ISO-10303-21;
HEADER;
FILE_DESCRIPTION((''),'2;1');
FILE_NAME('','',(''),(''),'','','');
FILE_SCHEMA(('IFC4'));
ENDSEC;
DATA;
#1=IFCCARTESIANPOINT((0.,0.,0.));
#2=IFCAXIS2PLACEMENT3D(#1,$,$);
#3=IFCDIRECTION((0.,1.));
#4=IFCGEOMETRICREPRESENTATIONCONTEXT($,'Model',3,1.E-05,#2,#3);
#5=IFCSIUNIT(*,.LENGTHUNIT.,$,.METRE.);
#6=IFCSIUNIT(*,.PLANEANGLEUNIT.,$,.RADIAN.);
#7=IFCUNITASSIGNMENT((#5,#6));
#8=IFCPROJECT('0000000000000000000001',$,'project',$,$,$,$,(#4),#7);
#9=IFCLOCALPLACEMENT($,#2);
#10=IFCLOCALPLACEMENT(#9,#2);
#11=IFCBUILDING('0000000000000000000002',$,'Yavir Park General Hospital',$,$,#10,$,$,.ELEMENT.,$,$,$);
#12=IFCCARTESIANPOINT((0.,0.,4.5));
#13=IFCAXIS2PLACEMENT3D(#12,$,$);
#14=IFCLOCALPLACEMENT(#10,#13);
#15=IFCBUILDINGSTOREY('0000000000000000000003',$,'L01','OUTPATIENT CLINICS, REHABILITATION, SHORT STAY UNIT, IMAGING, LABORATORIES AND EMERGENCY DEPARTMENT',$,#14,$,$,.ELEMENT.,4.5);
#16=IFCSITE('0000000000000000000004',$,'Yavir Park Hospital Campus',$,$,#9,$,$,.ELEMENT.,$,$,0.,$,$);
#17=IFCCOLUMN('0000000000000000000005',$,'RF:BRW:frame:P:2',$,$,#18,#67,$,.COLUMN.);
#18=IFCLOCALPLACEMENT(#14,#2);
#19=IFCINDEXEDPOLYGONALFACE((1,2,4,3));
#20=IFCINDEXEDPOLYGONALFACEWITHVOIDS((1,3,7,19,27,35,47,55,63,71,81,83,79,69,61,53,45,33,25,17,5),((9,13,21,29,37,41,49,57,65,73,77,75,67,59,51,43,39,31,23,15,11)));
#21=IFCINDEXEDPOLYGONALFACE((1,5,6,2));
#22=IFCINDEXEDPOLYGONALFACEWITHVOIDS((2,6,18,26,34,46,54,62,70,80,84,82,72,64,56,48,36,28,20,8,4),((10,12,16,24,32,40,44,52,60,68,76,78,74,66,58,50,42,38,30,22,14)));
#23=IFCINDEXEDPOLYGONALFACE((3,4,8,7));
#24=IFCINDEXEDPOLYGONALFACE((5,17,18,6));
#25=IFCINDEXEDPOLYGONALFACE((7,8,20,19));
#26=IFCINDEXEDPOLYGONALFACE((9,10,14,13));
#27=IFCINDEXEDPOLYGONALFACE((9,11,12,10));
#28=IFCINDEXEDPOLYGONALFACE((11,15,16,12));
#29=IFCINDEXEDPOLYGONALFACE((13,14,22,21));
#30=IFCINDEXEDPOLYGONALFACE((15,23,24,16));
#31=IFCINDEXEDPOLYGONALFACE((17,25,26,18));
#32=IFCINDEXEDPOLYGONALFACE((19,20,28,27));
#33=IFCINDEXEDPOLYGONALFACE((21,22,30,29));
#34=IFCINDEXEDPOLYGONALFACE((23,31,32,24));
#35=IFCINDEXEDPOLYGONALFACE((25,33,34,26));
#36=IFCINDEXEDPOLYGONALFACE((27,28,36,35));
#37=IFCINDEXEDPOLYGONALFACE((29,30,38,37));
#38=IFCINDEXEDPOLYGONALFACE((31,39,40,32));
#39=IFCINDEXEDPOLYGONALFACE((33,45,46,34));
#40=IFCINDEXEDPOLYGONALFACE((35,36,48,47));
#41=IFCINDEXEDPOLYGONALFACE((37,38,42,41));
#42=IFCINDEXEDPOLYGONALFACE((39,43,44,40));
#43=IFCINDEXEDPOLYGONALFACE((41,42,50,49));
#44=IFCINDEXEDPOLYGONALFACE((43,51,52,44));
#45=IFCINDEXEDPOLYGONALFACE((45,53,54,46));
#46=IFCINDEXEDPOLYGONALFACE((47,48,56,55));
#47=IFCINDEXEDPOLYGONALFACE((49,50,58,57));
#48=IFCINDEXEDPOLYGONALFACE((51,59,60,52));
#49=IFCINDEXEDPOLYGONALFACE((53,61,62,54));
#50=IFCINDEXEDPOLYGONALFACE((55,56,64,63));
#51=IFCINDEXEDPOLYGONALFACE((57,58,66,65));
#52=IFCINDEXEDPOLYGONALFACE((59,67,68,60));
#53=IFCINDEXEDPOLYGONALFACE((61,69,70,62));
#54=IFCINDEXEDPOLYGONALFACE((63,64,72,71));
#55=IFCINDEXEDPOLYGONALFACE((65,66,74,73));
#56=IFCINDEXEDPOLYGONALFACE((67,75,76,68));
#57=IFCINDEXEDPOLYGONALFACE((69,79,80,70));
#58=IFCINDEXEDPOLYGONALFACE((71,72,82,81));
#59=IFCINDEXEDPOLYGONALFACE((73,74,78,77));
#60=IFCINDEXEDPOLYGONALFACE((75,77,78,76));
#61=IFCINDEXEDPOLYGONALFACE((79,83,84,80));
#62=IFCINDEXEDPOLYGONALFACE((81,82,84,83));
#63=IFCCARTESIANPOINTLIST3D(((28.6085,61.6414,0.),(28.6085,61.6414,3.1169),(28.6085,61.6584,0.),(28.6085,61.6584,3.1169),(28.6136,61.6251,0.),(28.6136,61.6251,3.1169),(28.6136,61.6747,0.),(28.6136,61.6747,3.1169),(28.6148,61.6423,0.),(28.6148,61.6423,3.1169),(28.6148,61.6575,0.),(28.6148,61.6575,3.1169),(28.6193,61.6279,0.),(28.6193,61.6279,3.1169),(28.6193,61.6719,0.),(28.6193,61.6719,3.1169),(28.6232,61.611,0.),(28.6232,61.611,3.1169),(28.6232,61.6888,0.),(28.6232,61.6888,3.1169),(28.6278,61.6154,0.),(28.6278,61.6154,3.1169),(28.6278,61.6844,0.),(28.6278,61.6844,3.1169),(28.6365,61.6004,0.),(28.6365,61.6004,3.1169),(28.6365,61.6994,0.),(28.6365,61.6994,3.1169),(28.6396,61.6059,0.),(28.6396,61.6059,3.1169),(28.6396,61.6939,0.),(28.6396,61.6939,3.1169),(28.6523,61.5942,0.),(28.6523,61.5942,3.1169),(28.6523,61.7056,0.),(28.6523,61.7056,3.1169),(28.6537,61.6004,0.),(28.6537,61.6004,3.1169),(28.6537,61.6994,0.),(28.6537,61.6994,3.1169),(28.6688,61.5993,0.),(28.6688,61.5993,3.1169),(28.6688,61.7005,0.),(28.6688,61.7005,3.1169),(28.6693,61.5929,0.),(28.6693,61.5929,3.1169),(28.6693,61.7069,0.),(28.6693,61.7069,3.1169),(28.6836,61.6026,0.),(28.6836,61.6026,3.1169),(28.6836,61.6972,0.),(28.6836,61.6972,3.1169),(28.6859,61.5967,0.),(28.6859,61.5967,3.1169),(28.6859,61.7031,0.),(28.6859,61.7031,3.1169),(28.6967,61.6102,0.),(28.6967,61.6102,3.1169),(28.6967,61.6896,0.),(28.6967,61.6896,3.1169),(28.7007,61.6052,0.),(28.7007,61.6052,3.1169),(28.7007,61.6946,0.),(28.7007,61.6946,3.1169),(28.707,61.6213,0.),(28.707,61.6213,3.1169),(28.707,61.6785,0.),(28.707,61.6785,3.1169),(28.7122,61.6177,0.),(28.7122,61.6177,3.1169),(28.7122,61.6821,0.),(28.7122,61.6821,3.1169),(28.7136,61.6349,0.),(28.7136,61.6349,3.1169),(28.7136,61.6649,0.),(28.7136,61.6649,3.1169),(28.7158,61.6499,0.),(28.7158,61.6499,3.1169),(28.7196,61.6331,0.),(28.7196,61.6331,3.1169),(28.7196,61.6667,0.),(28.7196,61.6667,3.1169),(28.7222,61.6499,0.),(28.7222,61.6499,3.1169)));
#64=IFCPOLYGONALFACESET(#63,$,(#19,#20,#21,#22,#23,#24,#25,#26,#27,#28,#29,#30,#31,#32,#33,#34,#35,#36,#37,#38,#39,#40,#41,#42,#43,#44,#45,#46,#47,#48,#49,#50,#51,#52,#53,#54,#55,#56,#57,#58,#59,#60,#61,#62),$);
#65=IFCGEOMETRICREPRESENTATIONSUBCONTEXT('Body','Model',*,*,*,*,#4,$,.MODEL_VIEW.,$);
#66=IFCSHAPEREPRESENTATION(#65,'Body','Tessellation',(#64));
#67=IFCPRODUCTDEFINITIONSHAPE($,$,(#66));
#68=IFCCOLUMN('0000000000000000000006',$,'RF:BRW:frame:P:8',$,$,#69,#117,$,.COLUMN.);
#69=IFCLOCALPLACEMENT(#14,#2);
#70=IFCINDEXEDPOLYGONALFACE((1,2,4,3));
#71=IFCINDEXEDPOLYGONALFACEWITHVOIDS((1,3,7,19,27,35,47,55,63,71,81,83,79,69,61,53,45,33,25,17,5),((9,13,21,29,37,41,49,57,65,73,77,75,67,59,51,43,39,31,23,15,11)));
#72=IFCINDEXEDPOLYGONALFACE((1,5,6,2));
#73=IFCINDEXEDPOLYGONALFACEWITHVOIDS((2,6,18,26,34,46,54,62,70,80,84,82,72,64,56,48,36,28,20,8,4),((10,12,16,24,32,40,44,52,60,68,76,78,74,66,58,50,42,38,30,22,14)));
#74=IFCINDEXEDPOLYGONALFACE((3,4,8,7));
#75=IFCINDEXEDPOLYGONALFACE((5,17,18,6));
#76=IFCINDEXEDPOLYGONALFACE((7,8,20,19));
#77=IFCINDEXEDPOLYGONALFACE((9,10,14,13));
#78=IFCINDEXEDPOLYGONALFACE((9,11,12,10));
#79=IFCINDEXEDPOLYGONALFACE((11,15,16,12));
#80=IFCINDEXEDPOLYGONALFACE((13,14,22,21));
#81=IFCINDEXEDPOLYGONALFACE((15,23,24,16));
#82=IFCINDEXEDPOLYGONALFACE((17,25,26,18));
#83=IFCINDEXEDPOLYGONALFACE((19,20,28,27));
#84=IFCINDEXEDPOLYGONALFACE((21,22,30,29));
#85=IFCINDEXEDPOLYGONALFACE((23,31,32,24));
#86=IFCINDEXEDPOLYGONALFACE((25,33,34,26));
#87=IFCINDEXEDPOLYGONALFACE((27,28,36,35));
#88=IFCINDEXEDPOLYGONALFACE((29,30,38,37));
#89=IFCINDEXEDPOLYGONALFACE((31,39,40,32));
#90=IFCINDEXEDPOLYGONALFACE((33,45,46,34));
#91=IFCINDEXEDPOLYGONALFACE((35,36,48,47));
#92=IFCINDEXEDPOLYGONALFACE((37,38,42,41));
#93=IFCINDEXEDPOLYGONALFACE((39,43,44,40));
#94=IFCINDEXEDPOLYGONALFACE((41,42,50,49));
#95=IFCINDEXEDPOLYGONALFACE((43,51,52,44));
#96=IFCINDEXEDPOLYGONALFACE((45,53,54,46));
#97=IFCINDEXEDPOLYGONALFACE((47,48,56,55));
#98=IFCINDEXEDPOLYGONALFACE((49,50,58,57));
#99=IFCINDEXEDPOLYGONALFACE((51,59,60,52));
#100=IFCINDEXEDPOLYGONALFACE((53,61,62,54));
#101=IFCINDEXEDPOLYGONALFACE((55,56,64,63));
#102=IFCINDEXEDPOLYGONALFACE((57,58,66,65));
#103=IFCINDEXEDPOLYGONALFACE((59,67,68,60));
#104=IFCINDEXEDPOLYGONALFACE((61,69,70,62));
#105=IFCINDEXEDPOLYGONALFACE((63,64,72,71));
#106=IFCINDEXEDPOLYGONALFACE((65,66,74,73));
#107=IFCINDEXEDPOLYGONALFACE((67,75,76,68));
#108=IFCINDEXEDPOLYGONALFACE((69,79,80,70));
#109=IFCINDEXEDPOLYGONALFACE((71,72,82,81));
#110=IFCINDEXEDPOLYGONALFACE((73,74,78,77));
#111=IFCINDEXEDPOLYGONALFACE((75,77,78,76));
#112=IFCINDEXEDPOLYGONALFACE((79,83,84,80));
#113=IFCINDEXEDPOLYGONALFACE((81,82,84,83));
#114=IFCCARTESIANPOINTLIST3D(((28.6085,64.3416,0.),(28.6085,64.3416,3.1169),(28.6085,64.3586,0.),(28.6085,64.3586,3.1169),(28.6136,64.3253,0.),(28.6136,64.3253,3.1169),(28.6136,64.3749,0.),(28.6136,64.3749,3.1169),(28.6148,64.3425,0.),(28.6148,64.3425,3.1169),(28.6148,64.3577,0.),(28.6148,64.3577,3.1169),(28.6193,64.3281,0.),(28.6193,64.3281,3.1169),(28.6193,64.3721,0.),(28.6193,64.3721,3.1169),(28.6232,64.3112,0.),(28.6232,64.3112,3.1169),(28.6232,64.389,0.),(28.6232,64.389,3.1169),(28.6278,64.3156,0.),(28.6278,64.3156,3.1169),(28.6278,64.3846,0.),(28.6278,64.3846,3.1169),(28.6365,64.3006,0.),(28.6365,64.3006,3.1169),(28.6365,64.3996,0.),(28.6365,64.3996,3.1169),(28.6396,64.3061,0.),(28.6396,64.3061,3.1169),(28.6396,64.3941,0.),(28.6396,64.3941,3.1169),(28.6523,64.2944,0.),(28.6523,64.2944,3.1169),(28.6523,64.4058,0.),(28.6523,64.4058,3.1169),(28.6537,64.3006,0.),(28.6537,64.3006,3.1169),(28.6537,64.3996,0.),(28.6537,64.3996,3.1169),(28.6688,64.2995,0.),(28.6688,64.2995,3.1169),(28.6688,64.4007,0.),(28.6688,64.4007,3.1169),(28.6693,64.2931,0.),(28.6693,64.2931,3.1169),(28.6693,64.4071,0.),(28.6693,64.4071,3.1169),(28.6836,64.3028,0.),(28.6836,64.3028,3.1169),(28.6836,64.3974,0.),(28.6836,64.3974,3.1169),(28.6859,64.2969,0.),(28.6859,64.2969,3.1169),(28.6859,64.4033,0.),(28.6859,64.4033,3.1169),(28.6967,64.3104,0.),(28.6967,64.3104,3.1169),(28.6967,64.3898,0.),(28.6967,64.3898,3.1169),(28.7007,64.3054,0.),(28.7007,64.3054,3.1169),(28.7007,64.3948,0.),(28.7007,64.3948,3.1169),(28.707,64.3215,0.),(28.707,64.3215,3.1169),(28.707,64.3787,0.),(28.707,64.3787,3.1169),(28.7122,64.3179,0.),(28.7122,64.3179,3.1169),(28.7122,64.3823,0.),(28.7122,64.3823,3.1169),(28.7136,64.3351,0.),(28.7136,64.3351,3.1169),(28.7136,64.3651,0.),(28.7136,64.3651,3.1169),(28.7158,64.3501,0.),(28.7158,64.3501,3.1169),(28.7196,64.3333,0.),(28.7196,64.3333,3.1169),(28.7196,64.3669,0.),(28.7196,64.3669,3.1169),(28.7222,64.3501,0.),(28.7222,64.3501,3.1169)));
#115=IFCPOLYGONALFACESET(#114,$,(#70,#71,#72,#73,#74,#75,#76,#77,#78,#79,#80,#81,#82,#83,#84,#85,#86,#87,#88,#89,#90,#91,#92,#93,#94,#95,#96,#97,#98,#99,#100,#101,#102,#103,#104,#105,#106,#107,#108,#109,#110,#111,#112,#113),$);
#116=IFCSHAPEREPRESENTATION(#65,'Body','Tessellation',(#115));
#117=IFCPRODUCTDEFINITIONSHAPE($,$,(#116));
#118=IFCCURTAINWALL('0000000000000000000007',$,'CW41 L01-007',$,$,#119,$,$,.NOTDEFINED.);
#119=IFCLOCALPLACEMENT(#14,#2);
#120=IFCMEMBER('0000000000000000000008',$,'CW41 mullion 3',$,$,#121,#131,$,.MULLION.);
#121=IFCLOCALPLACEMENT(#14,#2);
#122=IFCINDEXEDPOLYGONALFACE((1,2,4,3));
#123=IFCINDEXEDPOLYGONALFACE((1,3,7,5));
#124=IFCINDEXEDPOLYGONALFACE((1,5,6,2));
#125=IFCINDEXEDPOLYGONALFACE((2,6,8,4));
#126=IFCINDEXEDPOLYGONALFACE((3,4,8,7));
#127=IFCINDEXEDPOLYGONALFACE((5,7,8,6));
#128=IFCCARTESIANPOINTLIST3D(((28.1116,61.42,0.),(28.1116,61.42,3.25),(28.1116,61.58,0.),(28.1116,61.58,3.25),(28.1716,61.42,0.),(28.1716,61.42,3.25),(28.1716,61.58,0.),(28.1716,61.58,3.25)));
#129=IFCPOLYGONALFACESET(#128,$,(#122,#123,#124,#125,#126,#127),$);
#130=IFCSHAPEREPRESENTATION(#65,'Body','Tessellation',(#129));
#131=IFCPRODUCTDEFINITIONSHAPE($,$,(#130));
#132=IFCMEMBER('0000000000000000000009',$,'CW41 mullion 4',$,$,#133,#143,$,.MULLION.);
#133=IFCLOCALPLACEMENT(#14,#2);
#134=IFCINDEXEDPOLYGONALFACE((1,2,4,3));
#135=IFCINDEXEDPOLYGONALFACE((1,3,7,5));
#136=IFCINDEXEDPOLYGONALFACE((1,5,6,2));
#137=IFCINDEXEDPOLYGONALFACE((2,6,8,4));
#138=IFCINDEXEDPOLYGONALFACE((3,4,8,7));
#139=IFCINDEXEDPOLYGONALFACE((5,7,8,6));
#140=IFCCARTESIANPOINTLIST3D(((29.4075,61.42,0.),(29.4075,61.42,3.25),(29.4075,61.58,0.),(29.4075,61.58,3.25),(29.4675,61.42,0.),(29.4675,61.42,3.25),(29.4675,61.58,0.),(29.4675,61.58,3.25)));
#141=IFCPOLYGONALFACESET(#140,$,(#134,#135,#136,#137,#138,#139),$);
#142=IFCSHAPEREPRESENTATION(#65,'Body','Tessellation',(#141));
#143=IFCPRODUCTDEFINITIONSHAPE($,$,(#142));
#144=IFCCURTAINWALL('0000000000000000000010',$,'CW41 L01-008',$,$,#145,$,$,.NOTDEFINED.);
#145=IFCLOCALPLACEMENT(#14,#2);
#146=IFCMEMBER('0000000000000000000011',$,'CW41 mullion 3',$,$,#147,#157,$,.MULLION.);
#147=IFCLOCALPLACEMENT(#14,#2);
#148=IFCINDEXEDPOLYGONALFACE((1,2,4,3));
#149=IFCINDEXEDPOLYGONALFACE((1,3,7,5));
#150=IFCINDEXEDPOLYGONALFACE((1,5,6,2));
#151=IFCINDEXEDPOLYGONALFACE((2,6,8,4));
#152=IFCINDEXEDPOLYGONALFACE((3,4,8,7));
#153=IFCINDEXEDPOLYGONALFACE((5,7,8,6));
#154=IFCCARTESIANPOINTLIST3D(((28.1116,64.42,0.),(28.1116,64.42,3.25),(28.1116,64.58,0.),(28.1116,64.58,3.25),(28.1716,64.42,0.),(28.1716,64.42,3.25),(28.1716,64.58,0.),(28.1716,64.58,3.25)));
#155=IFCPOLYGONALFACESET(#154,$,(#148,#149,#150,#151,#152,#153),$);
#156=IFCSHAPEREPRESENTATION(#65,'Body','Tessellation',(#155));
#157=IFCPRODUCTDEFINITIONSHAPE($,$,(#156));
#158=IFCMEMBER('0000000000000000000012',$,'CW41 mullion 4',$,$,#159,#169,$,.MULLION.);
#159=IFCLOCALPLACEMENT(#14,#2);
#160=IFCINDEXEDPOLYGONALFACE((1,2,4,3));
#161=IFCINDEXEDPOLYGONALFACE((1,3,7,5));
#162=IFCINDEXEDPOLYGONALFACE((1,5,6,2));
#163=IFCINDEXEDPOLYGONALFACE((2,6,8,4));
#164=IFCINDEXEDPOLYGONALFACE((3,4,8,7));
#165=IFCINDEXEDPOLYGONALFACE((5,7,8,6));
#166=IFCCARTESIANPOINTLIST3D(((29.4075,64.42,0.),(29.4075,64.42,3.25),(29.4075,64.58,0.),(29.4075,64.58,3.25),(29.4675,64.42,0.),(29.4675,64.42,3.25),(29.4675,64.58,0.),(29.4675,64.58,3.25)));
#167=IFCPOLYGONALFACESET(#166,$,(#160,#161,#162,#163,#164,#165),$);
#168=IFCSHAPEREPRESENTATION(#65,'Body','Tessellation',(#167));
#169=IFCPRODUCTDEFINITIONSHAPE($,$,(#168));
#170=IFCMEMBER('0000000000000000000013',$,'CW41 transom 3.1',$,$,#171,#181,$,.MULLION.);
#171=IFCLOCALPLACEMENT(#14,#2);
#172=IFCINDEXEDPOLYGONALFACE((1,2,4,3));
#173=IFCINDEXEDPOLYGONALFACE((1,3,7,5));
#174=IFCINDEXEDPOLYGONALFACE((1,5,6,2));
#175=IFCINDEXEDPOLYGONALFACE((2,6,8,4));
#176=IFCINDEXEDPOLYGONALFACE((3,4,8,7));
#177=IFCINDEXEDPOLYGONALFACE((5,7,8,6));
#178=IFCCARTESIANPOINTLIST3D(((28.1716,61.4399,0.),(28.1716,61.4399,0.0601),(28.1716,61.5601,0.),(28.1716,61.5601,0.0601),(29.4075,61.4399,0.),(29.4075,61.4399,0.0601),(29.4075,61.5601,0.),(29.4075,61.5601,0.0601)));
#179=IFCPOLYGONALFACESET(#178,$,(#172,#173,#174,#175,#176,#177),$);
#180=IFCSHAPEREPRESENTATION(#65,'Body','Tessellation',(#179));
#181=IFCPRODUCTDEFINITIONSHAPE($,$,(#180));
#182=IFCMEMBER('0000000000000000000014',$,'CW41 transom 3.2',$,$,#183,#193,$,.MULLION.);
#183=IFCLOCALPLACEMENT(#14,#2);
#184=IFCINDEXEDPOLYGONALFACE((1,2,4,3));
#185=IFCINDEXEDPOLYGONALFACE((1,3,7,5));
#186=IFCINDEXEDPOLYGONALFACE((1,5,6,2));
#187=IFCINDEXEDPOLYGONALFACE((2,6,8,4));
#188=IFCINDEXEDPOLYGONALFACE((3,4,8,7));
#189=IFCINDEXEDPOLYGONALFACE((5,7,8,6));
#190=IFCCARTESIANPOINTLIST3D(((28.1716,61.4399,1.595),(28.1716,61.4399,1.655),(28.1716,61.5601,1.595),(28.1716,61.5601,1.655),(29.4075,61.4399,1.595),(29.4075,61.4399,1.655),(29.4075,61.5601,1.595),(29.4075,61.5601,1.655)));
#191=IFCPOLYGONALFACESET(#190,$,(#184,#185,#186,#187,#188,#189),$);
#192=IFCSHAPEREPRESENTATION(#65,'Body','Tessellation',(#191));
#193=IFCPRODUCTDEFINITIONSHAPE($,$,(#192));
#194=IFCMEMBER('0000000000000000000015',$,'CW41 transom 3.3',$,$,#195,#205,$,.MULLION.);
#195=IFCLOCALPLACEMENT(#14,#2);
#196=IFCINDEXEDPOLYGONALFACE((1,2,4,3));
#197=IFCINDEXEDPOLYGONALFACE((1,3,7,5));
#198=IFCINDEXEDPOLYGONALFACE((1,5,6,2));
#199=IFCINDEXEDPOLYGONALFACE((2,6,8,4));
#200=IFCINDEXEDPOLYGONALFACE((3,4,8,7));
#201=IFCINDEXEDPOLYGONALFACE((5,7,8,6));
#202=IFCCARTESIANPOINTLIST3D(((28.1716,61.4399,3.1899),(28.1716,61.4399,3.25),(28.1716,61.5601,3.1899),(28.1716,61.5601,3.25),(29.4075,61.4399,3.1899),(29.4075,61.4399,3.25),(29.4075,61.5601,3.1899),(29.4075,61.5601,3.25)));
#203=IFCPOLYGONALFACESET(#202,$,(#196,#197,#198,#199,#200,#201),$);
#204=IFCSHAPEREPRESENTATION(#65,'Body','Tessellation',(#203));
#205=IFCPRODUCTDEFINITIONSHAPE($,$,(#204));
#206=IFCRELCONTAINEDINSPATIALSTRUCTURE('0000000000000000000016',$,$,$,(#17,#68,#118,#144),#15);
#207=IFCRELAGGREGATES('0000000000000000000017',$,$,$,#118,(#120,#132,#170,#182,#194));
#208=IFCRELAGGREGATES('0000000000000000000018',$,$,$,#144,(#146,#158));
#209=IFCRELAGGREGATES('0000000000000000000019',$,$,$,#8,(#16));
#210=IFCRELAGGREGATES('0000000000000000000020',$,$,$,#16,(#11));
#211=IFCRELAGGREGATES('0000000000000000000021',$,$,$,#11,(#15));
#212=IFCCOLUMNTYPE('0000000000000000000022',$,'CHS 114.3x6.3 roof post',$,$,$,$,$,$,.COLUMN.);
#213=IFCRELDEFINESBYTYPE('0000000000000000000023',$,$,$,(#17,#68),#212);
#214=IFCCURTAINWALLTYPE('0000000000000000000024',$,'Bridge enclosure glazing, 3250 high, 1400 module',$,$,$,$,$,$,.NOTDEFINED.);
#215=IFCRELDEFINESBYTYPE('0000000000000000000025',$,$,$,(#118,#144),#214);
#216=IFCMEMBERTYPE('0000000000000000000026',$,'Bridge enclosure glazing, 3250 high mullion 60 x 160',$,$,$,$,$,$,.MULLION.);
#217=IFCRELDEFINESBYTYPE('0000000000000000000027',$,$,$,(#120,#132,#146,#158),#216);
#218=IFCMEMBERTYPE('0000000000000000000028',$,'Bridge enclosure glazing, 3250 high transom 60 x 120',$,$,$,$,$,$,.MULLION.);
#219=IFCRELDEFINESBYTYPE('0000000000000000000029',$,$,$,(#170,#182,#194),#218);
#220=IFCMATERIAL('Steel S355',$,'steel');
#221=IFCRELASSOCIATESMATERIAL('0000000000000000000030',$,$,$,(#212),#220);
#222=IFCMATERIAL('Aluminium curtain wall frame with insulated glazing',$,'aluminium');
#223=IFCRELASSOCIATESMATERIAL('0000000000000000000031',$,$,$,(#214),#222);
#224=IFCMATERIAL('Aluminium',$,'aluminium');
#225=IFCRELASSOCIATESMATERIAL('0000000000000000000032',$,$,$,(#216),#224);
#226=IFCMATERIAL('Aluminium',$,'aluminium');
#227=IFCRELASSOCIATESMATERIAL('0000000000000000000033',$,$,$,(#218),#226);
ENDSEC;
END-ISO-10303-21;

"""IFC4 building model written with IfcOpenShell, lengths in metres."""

from ifc_helpers import new_model, si_unit, direction, frame, origin, origin_2d, place, context, subcontext, project, spatial, rectangle, hollow_circle, extrude, material, material_profile, profile_set, type_object, element, aggregate, save


model = new_model("IFC4")

# Units and contexts
model_context = context("Model", 3, precision=1e-05, world=origin(), true_north=direction((0.0, 1.0)))
body_context = subcontext(model_context, "Body", "Model", "MODEL_VIEW")
ifc_project = project(units=[si_unit("LENGTHUNIT", "METRE"), si_unit("PLANEANGLEUNIT", "RADIAN")], contexts=[model_context])

# Site, building, storey
site_placement = place(None, origin())
site = spatial("IfcSite", under=ifc_project, at=site_placement, Name="Yavir Park Hospital Campus", CompositionType="ELEMENT", RefElevation=0.0)
building_placement = place(site_placement, origin())
building = spatial("IfcBuilding", under=site, at=building_placement, Name="Yavir Park General Hospital", CompositionType="ELEMENT")
storey_placement = place(building_placement, frame((0.0, 0.0, 4.5)))
storey = spatial("IfcBuildingStorey", under=building, at=storey_placement, Name="L01", Description="OUTPATIENT CLINICS, REHABILITATION, SHORT STAY UNIT, IMAGING, LABORATORIES AND EMERGENCY DEPARTMENT", CompositionType="ELEMENT", Elevation=4.5)

# Columns
ifc_material_1 = material(Name="Steel S355", Category="steel")
ifc_material_profile_1 = material_profile(ifc_material_1, hollow_circle(Radius=0.0571, WallThickness=0.0063, at=origin_2d()), Name="CHS114.3x6.3")
ifc_profile_set_1 = profile_set([ifc_material_profile_1], Name="Steel S355")
column_type = type_object("IfcColumnType", Name="CHS 114.3x6.3 roof post", PredefinedType="COLUMN", material=ifc_profile_set_1)
for number, where, z_axis, x_axis, name in (
    (1, (28.665, 61.6499, 0.0), (0.0, 0.0, 1.0), (1.0, 0.0, 0.0), "RF:BRW:frame:P:2"),
    (2, (28.665, 64.3501, 0.0), (0.0, 0.0, 1.0), (1.0, 0.0, 0.0), "RF:BRW:frame:P:8"),
):
    element("IfcColumn", number, at=place(storey_placement, frame(where, z_axis=z_axis, x_axis=x_axis)), inside=storey, type_object=column_type, Name=name, PredefinedType="COLUMN", context=body_context, shape_type="SweptSolid", body=[
        extrude(hollow_circle(Radius=0.0571, WallThickness=0.0063, at=origin_2d()), origin(), (0.0, 0.0, 1.0), 3.1169),
    ])

# Curtain walls, members
ifc_material_2 = material(Name="Aluminium curtain wall frame with insulated glazing", Category="aluminium")
curtain_wall_type = type_object("IfcCurtainWallType", Name="Bridge enclosure glazing, 3250 high, 1400 module", PredefinedType="NOTDEFINED", material=ifc_material_2)
curtain_wall_1_placement = place(storey_placement, origin())
curtain_wall_1 = element("IfcCurtainWall", 3, at=curtain_wall_1_placement, inside=storey, type_object=curtain_wall_type, Name="CW41 L01-007", PredefinedType="NOTDEFINED")
ifc_material_3 = material(Name="Aluminium", Category="aluminium")
ifc_material_profile_2 = material_profile(ifc_material_3, rectangle(XDim=0.1599, YDim=0.0601, at=origin_2d()), Name="AL 60x160")
ifc_profile_set_2 = profile_set([ifc_material_profile_2], Name="Aluminium")
member_type_1 = type_object("IfcMemberType", Name="Bridge enclosure glazing, 3250 high mullion 60 x 160", PredefinedType="MULLION", material=ifc_profile_set_2)
member_1_placement = place(storey_placement, frame((28.1416, 61.5, 0.0), z_axis=(0.0, 0.0, 1.0), x_axis=(0.0, 1.0, 0.0)))
member_1 = element("IfcMember", 4, at=member_1_placement, type_object=member_type_1, Name="CW41 mullion 3", PredefinedType="MULLION", context=body_context, shape_type="SweptSolid", body=[
    extrude(rectangle(XDim=0.1599, YDim=0.0601, at=origin_2d()), origin(), (0.0, 0.0, 1.0), 3.25),
])
member_2_placement = place(storey_placement, frame((29.4375, 61.5, 0.0), z_axis=(0.0, 0.0, 1.0), x_axis=(0.0, 1.0, 0.0)))
member_2 = element("IfcMember", 5, at=member_2_placement, type_object=member_type_1, Name="CW41 mullion 4", PredefinedType="MULLION", context=body_context, shape_type="SweptSolid", body=[
    extrude(rectangle(XDim=0.1599, YDim=0.0601, at=origin_2d()), origin(), (0.0, 0.0, 1.0), 3.25),
])
curtain_wall_2_placement = place(storey_placement, origin())
curtain_wall_2 = element("IfcCurtainWall", 6, at=curtain_wall_2_placement, inside=storey, type_object=curtain_wall_type, Name="CW41 L01-008", PredefinedType="NOTDEFINED")
member_3_placement = place(storey_placement, frame((28.1416, 64.5, 0.0), z_axis=(0.0, 0.0, 1.0), x_axis=(0.0, 1.0, 0.0)))
member_3 = element("IfcMember", 7, at=member_3_placement, type_object=member_type_1, Name="CW41 mullion 3", PredefinedType="MULLION", context=body_context, shape_type="SweptSolid", body=[
    extrude(rectangle(XDim=0.1599, YDim=0.0601, at=origin_2d()), origin(), (0.0, 0.0, 1.0), 3.25),
])
member_4_placement = place(storey_placement, frame((29.4375, 64.5, 0.0), z_axis=(0.0, 0.0, 1.0), x_axis=(0.0, 1.0, 0.0)))
member_4 = element("IfcMember", 8, at=member_4_placement, type_object=member_type_1, Name="CW41 mullion 4", PredefinedType="MULLION", context=body_context, shape_type="SweptSolid", body=[
    extrude(rectangle(XDim=0.1599, YDim=0.0601, at=origin_2d()), origin(), (0.0, 0.0, 1.0), 3.25),
])

# Members
ifc_material_4 = material(Name="Aluminium", Category="aluminium")
ifc_material_profile_3 = material_profile(ifc_material_4, rectangle(XDim=0.1201, YDim=0.0601, at=origin_2d()), Name="AL 120x60")
ifc_profile_set_3 = profile_set([ifc_material_profile_3], Name="Aluminium")
member_type_2 = type_object("IfcMemberType", Name="Bridge enclosure glazing, 3250 high transom 60 x 120", PredefinedType="MULLION", material=ifc_profile_set_3)
member_5_placement = place(storey_placement, frame((28.1716, 61.5, 0.03), z_axis=(1.0, 0.0, 0.0), x_axis=(0.0, 1.0, 0.0)))
member_5 = element("IfcMember", 9, at=member_5_placement, type_object=member_type_2, Name="CW41 transom 3.1", PredefinedType="MULLION", context=body_context, shape_type="SweptSolid", body=[
    extrude(rectangle(XDim=0.1201, YDim=0.0601, at=origin_2d()), origin(), (0.0, 0.0, 1.0), 1.2358),
])
member_6_placement = place(storey_placement, frame((28.1716, 61.5, 1.625), z_axis=(1.0, 0.0, 0.0), x_axis=(0.0, 1.0, 0.0)))
member_6 = element("IfcMember", 10, at=member_6_placement, type_object=member_type_2, Name="CW41 transom 3.2", PredefinedType="MULLION", context=body_context, shape_type="SweptSolid", body=[
    extrude(rectangle(XDim=0.1201, YDim=0.0601, at=origin_2d()), origin(), (0.0, 0.0, 1.0), 1.2358),
])
member_7_placement = place(storey_placement, frame((28.1716, 61.5, 3.22), z_axis=(1.0, 0.0, 0.0), x_axis=(0.0, 1.0, 0.0)))
member_7 = element("IfcMember", 11, at=member_7_placement, type_object=member_type_2, Name="CW41 transom 3.3", PredefinedType="MULLION", context=body_context, shape_type="SweptSolid", body=[
    extrude(rectangle(XDim=0.1201, YDim=0.0601, at=origin_2d()), origin(), (0.0, 0.0, 1.0), 1.2358),
])

aggregate(curtain_wall_1, [member_1, member_2, member_5, member_6, member_7])
aggregate(curtain_wall_2, [member_3, member_4])

save(model, "model.ifc")
